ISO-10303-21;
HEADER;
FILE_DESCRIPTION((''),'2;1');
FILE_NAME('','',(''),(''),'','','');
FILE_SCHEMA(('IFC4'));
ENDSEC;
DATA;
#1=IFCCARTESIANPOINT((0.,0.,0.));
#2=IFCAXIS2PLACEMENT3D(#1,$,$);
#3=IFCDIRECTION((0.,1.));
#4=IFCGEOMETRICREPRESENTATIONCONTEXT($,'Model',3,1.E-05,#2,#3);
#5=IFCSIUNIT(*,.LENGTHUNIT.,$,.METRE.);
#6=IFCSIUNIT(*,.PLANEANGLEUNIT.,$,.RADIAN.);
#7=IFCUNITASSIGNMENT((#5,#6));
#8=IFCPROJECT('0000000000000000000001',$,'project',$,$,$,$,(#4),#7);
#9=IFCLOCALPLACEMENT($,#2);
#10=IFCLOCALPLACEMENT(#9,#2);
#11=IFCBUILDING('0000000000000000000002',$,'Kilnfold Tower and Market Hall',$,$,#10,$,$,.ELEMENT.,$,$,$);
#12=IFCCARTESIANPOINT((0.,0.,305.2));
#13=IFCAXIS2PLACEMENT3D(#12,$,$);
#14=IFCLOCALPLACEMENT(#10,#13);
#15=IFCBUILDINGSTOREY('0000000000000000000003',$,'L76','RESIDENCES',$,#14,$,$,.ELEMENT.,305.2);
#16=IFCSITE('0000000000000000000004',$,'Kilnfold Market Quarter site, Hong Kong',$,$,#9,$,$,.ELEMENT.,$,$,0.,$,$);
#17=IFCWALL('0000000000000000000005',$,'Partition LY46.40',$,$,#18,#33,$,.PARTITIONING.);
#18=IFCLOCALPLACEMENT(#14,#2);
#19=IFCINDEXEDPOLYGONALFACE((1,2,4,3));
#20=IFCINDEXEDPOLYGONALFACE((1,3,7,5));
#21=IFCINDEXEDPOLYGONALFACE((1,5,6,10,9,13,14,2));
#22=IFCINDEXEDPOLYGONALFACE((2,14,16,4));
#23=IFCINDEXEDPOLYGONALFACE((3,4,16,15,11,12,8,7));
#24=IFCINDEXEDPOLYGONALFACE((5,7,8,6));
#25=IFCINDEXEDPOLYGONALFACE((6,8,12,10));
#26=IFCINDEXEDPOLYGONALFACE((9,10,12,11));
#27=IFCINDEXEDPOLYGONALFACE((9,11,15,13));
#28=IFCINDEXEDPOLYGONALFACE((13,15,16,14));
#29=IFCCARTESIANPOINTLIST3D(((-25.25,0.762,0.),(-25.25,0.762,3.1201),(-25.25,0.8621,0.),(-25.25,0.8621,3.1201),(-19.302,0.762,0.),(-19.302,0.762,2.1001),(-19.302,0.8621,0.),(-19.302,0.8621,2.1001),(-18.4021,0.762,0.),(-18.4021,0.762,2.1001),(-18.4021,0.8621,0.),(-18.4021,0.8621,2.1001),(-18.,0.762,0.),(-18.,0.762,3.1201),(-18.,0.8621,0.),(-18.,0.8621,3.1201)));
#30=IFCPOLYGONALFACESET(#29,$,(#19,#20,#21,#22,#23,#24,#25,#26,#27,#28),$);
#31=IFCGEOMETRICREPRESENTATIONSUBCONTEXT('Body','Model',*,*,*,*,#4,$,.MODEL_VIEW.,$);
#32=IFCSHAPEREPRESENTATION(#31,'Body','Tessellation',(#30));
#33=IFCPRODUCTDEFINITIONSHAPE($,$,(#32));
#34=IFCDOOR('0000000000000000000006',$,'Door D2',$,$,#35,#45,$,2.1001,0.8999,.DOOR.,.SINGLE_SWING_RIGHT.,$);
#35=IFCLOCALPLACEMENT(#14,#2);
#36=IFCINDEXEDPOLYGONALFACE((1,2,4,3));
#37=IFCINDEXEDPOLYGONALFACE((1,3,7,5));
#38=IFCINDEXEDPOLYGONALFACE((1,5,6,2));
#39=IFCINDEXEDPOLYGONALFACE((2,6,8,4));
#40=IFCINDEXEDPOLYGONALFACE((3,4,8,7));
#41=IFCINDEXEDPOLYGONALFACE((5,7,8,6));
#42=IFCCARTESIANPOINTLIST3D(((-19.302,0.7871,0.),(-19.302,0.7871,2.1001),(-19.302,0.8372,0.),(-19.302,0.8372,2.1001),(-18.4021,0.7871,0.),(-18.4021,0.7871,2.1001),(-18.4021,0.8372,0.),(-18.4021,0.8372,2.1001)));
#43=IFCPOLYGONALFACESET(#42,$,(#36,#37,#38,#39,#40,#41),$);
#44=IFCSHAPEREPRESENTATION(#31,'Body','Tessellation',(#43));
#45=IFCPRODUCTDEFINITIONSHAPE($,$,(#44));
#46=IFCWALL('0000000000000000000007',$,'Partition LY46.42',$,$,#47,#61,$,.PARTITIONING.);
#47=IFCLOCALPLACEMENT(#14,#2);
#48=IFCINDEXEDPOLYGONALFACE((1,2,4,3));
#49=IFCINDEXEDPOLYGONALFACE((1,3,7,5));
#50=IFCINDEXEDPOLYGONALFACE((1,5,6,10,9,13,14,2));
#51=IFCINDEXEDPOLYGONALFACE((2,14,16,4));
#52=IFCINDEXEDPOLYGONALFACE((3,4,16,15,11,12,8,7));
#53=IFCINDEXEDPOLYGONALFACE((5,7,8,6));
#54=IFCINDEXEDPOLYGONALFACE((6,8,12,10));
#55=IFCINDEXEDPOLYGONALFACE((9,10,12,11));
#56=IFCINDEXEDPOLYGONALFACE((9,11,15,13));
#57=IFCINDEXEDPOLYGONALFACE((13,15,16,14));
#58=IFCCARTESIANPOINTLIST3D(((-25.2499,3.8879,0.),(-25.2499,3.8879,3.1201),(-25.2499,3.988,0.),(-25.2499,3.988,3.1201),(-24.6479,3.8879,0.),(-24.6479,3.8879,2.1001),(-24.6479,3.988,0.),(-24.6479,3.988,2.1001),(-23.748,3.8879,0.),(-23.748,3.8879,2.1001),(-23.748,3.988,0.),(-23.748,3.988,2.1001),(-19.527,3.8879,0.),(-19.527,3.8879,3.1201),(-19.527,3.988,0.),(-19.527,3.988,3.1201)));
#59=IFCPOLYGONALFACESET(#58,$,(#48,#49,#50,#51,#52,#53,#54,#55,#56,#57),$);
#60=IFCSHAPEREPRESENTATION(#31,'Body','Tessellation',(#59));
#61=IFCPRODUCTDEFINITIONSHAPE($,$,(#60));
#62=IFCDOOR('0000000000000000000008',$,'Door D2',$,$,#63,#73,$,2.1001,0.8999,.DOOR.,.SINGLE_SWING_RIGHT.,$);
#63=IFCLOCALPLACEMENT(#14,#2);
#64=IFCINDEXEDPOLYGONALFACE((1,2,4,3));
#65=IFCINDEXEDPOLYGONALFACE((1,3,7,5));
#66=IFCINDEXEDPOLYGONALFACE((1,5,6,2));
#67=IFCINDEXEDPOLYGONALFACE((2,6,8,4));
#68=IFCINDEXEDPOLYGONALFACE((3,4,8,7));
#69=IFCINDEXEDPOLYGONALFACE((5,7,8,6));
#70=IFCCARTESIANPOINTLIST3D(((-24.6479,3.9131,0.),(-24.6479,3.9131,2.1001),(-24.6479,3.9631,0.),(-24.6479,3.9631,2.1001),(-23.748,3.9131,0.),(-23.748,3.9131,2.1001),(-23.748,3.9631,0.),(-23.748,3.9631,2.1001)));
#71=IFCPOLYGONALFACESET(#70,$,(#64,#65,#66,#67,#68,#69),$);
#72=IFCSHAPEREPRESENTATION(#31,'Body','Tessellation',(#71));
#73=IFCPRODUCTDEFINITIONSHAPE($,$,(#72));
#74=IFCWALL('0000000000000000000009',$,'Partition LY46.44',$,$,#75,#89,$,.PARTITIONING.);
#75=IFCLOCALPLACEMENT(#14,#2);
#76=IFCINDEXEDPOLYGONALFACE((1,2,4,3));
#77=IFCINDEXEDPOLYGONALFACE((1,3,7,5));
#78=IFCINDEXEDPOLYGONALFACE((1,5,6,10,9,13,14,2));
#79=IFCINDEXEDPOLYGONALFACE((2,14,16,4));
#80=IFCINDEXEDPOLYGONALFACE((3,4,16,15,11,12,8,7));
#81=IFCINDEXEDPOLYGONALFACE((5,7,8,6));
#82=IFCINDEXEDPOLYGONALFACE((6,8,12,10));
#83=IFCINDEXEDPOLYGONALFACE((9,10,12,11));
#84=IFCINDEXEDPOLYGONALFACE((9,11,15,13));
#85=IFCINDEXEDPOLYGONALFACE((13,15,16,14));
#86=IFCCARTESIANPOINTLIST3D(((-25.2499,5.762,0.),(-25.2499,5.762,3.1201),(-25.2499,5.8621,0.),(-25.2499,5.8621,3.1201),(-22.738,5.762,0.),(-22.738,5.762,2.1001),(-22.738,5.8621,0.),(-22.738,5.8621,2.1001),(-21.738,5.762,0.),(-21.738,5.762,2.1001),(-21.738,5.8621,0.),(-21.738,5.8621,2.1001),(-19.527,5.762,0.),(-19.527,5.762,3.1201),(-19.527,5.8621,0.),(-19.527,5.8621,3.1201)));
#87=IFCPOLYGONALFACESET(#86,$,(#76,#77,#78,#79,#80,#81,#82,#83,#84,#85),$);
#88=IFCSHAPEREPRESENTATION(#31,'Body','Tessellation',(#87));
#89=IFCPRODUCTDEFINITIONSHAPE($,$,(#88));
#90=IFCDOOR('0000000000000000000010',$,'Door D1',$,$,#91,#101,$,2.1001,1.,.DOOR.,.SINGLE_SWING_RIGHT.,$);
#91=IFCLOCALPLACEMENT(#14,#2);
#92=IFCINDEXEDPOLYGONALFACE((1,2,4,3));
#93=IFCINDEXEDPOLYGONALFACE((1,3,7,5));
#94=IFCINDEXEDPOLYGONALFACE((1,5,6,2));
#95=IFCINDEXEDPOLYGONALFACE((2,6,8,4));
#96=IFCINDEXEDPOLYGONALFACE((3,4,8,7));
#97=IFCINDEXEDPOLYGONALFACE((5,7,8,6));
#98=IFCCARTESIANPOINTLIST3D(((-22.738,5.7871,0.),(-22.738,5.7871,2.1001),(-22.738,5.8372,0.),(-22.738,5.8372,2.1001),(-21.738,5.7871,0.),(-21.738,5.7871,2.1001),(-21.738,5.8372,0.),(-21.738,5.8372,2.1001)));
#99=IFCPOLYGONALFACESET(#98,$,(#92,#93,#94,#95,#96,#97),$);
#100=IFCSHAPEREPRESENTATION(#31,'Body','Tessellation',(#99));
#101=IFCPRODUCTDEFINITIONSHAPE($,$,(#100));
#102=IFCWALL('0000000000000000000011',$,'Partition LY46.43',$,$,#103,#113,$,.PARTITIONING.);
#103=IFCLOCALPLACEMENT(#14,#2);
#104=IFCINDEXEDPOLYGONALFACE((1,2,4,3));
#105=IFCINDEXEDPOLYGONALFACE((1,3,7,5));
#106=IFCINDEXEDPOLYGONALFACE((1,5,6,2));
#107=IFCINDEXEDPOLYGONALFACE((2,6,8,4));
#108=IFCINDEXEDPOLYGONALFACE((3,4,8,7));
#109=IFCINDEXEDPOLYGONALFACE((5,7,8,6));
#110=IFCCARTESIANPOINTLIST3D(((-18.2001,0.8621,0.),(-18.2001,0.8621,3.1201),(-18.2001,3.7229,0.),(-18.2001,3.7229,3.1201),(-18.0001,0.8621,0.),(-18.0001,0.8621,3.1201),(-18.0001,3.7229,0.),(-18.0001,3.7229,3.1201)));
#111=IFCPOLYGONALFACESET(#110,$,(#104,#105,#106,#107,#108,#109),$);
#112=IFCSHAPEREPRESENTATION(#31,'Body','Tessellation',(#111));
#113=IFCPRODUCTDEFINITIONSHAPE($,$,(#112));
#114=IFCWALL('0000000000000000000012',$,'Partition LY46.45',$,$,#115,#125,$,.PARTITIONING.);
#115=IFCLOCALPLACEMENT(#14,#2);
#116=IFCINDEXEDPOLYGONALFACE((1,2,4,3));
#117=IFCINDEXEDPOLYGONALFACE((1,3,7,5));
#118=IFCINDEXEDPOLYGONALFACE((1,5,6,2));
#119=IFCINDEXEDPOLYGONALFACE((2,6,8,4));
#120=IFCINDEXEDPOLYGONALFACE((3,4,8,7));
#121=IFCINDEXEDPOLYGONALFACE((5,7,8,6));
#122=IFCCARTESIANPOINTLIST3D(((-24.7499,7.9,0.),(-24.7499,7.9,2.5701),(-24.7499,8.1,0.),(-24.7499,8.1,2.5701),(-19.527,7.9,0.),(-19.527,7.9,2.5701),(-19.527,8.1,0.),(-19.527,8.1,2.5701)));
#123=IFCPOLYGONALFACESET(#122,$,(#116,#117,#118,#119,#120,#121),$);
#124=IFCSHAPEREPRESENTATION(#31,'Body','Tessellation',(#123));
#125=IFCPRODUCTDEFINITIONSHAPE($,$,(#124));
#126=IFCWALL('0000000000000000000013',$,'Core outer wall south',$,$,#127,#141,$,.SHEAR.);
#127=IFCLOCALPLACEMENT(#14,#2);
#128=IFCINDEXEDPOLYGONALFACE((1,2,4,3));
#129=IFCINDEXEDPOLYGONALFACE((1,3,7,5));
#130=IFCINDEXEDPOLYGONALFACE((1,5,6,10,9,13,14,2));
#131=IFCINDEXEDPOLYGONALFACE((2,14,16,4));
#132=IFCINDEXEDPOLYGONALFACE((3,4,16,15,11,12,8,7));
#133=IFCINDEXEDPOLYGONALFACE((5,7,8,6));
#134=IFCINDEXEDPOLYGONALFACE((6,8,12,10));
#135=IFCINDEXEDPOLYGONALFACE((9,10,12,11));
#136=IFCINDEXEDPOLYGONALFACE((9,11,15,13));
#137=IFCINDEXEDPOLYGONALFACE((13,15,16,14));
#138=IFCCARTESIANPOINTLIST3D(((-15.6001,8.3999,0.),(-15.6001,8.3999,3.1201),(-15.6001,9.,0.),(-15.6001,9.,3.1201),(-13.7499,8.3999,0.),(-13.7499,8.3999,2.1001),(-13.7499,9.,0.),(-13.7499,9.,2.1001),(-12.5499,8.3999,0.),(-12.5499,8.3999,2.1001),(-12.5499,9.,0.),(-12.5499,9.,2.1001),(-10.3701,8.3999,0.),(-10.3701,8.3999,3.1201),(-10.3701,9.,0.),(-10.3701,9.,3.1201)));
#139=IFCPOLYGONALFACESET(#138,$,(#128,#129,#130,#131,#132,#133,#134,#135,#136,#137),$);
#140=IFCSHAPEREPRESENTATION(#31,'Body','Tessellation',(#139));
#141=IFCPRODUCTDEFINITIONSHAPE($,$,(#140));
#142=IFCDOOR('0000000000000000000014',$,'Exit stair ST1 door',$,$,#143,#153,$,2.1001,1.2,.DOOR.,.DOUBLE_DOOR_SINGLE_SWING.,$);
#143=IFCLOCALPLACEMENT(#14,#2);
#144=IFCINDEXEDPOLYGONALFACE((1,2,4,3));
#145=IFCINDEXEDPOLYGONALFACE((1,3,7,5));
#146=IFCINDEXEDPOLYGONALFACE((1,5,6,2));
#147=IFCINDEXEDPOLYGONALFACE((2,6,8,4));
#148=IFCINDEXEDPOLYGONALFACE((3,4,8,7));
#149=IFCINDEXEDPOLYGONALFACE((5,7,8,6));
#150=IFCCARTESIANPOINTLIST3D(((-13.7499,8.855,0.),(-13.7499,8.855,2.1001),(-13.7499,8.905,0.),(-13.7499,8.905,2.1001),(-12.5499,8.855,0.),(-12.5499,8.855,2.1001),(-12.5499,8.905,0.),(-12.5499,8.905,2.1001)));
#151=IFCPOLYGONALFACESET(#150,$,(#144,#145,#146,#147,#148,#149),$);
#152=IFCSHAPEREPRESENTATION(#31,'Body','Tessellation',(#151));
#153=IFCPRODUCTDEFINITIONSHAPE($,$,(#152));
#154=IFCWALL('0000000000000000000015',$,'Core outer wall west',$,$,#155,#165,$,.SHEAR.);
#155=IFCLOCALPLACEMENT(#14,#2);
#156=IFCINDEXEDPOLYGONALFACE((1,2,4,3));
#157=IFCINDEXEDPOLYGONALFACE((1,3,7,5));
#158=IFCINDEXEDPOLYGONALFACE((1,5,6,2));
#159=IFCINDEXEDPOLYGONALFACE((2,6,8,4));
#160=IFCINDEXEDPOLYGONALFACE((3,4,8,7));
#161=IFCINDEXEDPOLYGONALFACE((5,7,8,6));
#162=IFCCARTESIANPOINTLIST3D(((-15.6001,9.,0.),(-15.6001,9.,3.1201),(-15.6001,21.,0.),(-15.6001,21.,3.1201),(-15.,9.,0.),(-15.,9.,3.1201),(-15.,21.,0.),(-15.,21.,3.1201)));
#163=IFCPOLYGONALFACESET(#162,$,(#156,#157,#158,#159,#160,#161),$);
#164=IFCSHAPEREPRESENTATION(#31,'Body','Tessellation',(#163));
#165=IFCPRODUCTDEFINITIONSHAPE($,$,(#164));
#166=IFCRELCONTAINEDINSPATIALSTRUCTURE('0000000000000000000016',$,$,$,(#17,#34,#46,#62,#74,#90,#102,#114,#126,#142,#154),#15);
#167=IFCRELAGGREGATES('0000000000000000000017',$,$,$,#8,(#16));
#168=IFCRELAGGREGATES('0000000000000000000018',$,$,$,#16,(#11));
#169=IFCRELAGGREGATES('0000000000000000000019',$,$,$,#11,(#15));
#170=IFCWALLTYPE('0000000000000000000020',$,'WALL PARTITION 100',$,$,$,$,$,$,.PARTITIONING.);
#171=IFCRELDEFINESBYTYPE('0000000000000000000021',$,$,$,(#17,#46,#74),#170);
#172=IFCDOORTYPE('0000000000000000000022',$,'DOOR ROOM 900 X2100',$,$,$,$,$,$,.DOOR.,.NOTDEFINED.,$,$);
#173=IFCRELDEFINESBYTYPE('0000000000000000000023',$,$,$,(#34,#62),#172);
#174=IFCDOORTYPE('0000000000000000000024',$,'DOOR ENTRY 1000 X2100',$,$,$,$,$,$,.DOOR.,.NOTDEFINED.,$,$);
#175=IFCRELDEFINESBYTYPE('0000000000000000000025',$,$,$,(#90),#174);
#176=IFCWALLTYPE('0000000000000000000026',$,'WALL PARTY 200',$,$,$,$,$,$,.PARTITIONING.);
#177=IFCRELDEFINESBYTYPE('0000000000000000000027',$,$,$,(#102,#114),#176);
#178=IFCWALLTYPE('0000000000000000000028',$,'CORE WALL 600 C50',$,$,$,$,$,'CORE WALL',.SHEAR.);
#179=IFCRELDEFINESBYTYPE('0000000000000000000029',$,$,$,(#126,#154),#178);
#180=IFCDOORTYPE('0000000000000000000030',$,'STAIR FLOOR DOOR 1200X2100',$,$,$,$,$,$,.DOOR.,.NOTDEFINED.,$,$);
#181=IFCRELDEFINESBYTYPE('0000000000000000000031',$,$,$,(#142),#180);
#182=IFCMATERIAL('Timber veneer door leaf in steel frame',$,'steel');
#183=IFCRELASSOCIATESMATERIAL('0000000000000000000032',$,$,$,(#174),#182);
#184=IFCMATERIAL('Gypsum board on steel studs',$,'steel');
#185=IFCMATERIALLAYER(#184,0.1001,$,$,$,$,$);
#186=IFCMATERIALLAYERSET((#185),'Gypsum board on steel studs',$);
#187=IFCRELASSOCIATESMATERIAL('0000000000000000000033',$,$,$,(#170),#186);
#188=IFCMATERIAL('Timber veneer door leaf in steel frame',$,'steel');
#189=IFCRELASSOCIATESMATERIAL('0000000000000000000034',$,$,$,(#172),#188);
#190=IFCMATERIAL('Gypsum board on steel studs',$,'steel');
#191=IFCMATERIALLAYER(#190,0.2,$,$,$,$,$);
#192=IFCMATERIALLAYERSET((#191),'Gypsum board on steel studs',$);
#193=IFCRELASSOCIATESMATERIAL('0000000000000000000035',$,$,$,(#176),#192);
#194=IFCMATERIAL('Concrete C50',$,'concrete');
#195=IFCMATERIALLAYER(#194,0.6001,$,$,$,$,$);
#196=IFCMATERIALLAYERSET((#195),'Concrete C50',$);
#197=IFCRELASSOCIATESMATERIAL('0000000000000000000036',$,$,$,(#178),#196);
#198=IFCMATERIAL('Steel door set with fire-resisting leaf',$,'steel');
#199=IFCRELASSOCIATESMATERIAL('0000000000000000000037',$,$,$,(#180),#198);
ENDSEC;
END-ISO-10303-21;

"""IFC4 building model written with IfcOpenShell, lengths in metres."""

from ifc_helpers import new_model, si_unit, direction, frame, frame_2d, origin, place, context, subcontext, project, spatial, rectangle, extrude, source, transform, mapped, material, layer, layer_set, type_object, element, fill, save


model = new_model("IFC4")

# Units and contexts
model_context = context("Model", 3, precision=1e-05, world=origin(), true_north=direction((0.0, 1.0)))
body_context = subcontext(model_context, "Body", "Model", "MODEL_VIEW")
ifc_project = project(units=[si_unit("LENGTHUNIT", "METRE"), si_unit("PLANEANGLEUNIT", "RADIAN")], contexts=[model_context])

# Site, building, storey
site_placement = place(None, origin())
site = spatial("IfcSite", under=ifc_project, at=site_placement, Name="Kilnfold Market Quarter site, Hong Kong", CompositionType="ELEMENT", RefElevation=0.0)
building_placement = place(site_placement, origin())
building = spatial("IfcBuilding", under=site, at=building_placement, Name="Kilnfold Tower and Market Hall", CompositionType="ELEMENT")
storey_placement = place(building_placement, frame((0.0, 0.0, 305.2)))
storey = spatial("IfcBuildingStorey", under=building, at=storey_placement, Name="L76", Description="RESIDENCES", CompositionType="ELEMENT", Elevation=305.2)

# Shared definitions
ifc_material_1 = material(Name="Timber veneer door leaf in steel frame", Category="steel")
door_type_1 = type_object("IfcDoorType", Name="DOOR ENTRY 1000 X2100", OperationType="NOTDEFINED", PredefinedType="DOOR", material=ifc_material_1)

# Walls, openings, doors
ifc_material_2 = material(Name="Gypsum board on steel studs", Category="steel")
ifc_layer_1 = layer(ifc_material_2, 0.1001)
ifc_layer_set_1 = layer_set([ifc_layer_1], Name="Gypsum board on steel studs")
wall_type_1 = type_object("IfcWallType", Name="WALL PARTITION 100", PredefinedType="PARTITIONING", material=ifc_layer_set_1)
wall_1_placement = place(storey_placement, frame((-18.0, 0.812, 0.0), z_axis=(0.0, 0.0, 1.0), x_axis=(-1.0, 0.0, 0.0)))
wall_1 = element("IfcWall", 1, at=wall_1_placement, inside=storey, type_object=wall_type_1, Name="Partition LY46.40", PredefinedType="PARTITIONING", context=body_context, shape_type="SweptSolid", body=[
    extrude(rectangle(XDim=7.25, YDim=0.1001, at=frame_2d((3.625, 0.0))), origin(), (0.0, 0.0, 1.0), 3.1201),
])
opening_1_placement = place(wall_1_placement, frame((0.4021, 0.0, 0.0)))
opening_1 = element("IfcOpeningElement", 2, at=opening_1_placement, cuts=wall_1, PredefinedType="OPENING", context=body_context, shape_type="SweptSolid", body=[
    extrude(rectangle(XDim=0.8999, YDim=2.1001, at=frame_2d((0.45, 1.05))), frame((0.0, 0.0601, 0.0), z_axis=(0.0, -1.0, 0.0), x_axis=(1.0, 0.0, 0.0)), (0.0, 0.0, 1.0), 0.1201),
])
ifc_material_3 = material(Name="Timber veneer door leaf in steel frame", Category="steel")
door_type_2 = type_object("IfcDoorType", Name="DOOR ROOM 900 X2100", OperationType="NOTDEFINED", PredefinedType="DOOR", material=ifc_material_3)
door_1_placement = place(opening_1_placement, origin())
door_1 = element("IfcDoor", 3, at=door_1_placement, inside=storey, type_object=door_type_2, Name="Door D2", OperationType="SINGLE_SWING_RIGHT", OverallHeight=2.1001, OverallWidth=0.8999, PredefinedType="DOOR", context=body_context, shape_type="SweptSolid", body=[
    extrude(rectangle(XDim=0.8999, YDim=2.1001, at=frame_2d((0.45, 1.05))), frame((0.0, 0.0249, 0.0), z_axis=(0.0, -1.0, 0.0), x_axis=(1.0, 0.0, 0.0)), (0.0, 0.0, 1.0), 0.05),
])
fill(opening_1, door_1)
wall_2_placement = place(storey_placement, frame((-19.5271, 3.938, 0.0), z_axis=(0.0, 0.0, 1.0), x_axis=(-1.0, 0.0, 0.0)))
wall_2 = element("IfcWall", 4, at=wall_2_placement, inside=storey, type_object=wall_type_1, Name="Partition LY46.42", PredefinedType="PARTITIONING", context=body_context, shape_type="SweptSolid", body=[
    extrude(rectangle(XDim=5.7229, YDim=0.1001, at=frame_2d((2.8613, 0.0))), origin(), (0.0, 0.0, 1.0), 3.1201),
])
opening_2_placement = place(wall_2_placement, frame((4.2209, 0.0, 0.0)))
opening_2 = element("IfcOpeningElement", 5, at=opening_2_placement, cuts=wall_2, PredefinedType="OPENING", context=body_context, shape_type="SweptSolid", body=[
    extrude(rectangle(XDim=0.8999, YDim=2.1001, at=frame_2d((0.45, 1.05))), frame((0.0, 0.0601, 0.0), z_axis=(0.0, -1.0, 0.0), x_axis=(1.0, 0.0, 0.0)), (0.0, 0.0, 1.0), 0.1201),
])
door_2_placement = place(opening_2_placement, origin())
door_2 = element("IfcDoor", 6, at=door_2_placement, inside=storey, type_object=door_type_2, Name="Door D2", OperationType="SINGLE_SWING_RIGHT", OverallHeight=2.1001, OverallWidth=0.8999, PredefinedType="DOOR", context=body_context, shape_type="SweptSolid", body=[
    extrude(rectangle(XDim=0.8999, YDim=2.1001, at=frame_2d((0.45, 1.05))), frame((0.0, 0.0249, 0.0), z_axis=(0.0, -1.0, 0.0), x_axis=(1.0, 0.0, 0.0)), (0.0, 0.0, 1.0), 0.05),
])
fill(opening_2, door_2)
wall_3_placement = place(storey_placement, frame((-19.5271, 5.812, 0.0), z_axis=(0.0, 0.0, 1.0), x_axis=(-1.0, 0.0, 0.0)))
wall_3 = element("IfcWall", 7, at=wall_3_placement, inside=storey, type_object=wall_type_1, Name="Partition LY46.44", PredefinedType="PARTITIONING", context=body_context, shape_type="SweptSolid", body=[
    extrude(rectangle(XDim=5.7229, YDim=0.1001, at=frame_2d((2.8613, 0.0))), origin(), (0.0, 0.0, 1.0), 3.1201),
])
opening_3_placement = place(wall_3_placement, frame((2.2109, 0.0, 0.0)))
opening_3 = element("IfcOpeningElement", 8, at=opening_3_placement, cuts=wall_3, PredefinedType="OPENING", context=body_context, shape_type="SweptSolid", body=[
    extrude(rectangle(XDim=1.0, YDim=2.1001, at=frame_2d((0.5, 1.05))), frame((0.0, 0.0601, 0.0), z_axis=(0.0, -1.0, 0.0), x_axis=(1.0, 0.0, 0.0)), (0.0, 0.0, 1.0), 0.1201),
])
door_3_placement = place(opening_3_placement, origin())
door_3 = element("IfcDoor", 9, at=door_3_placement, inside=storey, type_object=door_type_1, Name="Door D1", OperationType="SINGLE_SWING_RIGHT", OverallHeight=2.1001, OverallWidth=1.0, PredefinedType="DOOR", context=body_context, shape_type="SweptSolid", body=[
    extrude(rectangle(XDim=1.0, YDim=2.1001, at=frame_2d((0.5, 1.05))), frame((0.0, 0.0249, 0.0), z_axis=(0.0, -1.0, 0.0), x_axis=(1.0, 0.0, 0.0)), (0.0, 0.0, 1.0), 0.05),
])
fill(opening_3, door_3)

# Walls
ifc_material_4 = material(Name="Gypsum board on steel studs", Category="steel")
ifc_layer_2 = layer(ifc_material_4, 0.2)
ifc_layer_set_2 = layer_set([ifc_layer_2], Name="Gypsum board on steel studs")
wall_type_2 = type_object("IfcWallType", Name="WALL PARTY 200", PredefinedType="PARTITIONING", material=ifc_layer_set_2)
wall_4_placement = place(storey_placement, frame((-18.1001, 0.8621, 0.0), z_axis=(0.0, 0.0, 1.0), x_axis=(0.0, 1.0, 0.0)))
element("IfcWall", 10, at=wall_4_placement, inside=storey, type_object=wall_type_2, Name="Partition LY46.43", PredefinedType="PARTITIONING", context=body_context, shape_type="SweptSolid", body=[
    extrude(rectangle(XDim=2.8608, YDim=0.2, at=frame_2d((1.4304, 0.0))), origin(), (0.0, 0.0, 1.0), 3.1201),
])
wall_5_placement = place(storey_placement, frame((-19.5271, 8.0, 0.0), z_axis=(0.0, 0.0, 1.0), x_axis=(-1.0, 0.0, 0.0)))
element("IfcWall", 11, at=wall_5_placement, inside=storey, type_object=wall_type_2, Name="Partition LY46.45", PredefinedType="PARTITIONING", context=body_context, shape_type="SweptSolid", body=[
    extrude(rectangle(XDim=5.2229, YDim=0.2, at=frame_2d((2.6113, 0.0))), origin(), (0.0, 0.0, 1.0), 2.5701),
])

# Wall, opening, door
ifc_material_5 = material(Name="Concrete C50", Category="concrete")
ifc_layer_3 = layer(ifc_material_5, 0.6001)
ifc_layer_set_3 = layer_set([ifc_layer_3], Name="Concrete C50")
wall_type_3 = type_object("IfcWallType", Name="CORE WALL 600 C50", ElementType="CORE WALL", PredefinedType="SHEAR", material=ifc_layer_set_3)
shared_shape_1 = source(origin(), body_context, "Body", "SweptSolid", [
    extrude(rectangle(XDim=5.23, YDim=0.6001, at=frame_2d((2.615, 0.0))), origin(), (0.0, 0.0, 1.0), 3.1201),
])
wall_6_placement = place(storey_placement, frame((-15.6001, 8.7, 0.0), z_axis=(0.0, 0.0, 1.0), x_axis=(1.0, 0.0, 0.0)))
wall_6 = element("IfcWall", 12, at=wall_6_placement, inside=storey, type_object=wall_type_3, Name="Core outer wall south", PredefinedType="SHEAR", context=body_context, shape_type="MappedRepresentation", body=[
    mapped(shared_shape_1, transform((0.0, 0.0, 0.0))),
])
opening_4_placement = place(wall_6_placement, frame((1.8501, 0.0, 0.0)))
opening_4 = element("IfcOpeningElement", 13, at=opening_4_placement, cuts=wall_6, PredefinedType="OPENING", context=body_context, shape_type="SweptSolid", body=[
    extrude(rectangle(XDim=1.2, YDim=2.1001, at=frame_2d((0.6001, 1.05))), frame((0.0, 0.3101, 0.0), z_axis=(0.0, -1.0, 0.0), x_axis=(1.0, 0.0, 0.0)), (0.0, 0.0, 1.0), 0.6201),
])
ifc_material_6 = material(Name="Steel door set with fire-resisting leaf", Category="steel")
door_type_3 = type_object("IfcDoorType", Name="STAIR FLOOR DOOR 1200X2100", OperationType="NOTDEFINED", PredefinedType="DOOR", material=ifc_material_6)
door_4_placement = place(opening_4_placement, origin())
door_4 = element("IfcDoor", 14, at=door_4_placement, inside=storey, type_object=door_type_3, Name="Exit stair ST1 door", OperationType="DOUBLE_DOOR_SINGLE_SWING", OverallHeight=2.1001, OverallWidth=1.2, PredefinedType="DOOR", context=body_context, shape_type="SweptSolid", body=[
    extrude(rectangle(XDim=1.2, YDim=2.1001, at=frame_2d((0.6001, 1.05))), frame((0.0, 0.2051, 0.0), z_axis=(0.0, -1.0, 0.0), x_axis=(1.0, 0.0, 0.0)), (0.0, 0.0, 1.0), 0.05),
])
fill(opening_4, door_4)

# Wall
shared_shape_2 = source(origin(), body_context, "Body", "SweptSolid", [
    extrude(rectangle(XDim=12.0, YDim=0.6001, at=frame_2d((6.0, 0.0))), origin(), (0.0, 0.0, 1.0), 3.1201),
])
wall_7_placement = place(storey_placement, frame((-15.3, 9.0, 0.0), z_axis=(0.0, 0.0, 1.0), x_axis=(0.0, 1.0, 0.0)))
element("IfcWall", 15, at=wall_7_placement, inside=storey, type_object=wall_type_3, Name="Core outer wall west", PredefinedType="SHEAR", context=body_context, shape_type="MappedRepresentation", body=[
    mapped(shared_shape_2, transform((0.0, 0.0, 0.0))),
])

save(model, "model.ifc")
